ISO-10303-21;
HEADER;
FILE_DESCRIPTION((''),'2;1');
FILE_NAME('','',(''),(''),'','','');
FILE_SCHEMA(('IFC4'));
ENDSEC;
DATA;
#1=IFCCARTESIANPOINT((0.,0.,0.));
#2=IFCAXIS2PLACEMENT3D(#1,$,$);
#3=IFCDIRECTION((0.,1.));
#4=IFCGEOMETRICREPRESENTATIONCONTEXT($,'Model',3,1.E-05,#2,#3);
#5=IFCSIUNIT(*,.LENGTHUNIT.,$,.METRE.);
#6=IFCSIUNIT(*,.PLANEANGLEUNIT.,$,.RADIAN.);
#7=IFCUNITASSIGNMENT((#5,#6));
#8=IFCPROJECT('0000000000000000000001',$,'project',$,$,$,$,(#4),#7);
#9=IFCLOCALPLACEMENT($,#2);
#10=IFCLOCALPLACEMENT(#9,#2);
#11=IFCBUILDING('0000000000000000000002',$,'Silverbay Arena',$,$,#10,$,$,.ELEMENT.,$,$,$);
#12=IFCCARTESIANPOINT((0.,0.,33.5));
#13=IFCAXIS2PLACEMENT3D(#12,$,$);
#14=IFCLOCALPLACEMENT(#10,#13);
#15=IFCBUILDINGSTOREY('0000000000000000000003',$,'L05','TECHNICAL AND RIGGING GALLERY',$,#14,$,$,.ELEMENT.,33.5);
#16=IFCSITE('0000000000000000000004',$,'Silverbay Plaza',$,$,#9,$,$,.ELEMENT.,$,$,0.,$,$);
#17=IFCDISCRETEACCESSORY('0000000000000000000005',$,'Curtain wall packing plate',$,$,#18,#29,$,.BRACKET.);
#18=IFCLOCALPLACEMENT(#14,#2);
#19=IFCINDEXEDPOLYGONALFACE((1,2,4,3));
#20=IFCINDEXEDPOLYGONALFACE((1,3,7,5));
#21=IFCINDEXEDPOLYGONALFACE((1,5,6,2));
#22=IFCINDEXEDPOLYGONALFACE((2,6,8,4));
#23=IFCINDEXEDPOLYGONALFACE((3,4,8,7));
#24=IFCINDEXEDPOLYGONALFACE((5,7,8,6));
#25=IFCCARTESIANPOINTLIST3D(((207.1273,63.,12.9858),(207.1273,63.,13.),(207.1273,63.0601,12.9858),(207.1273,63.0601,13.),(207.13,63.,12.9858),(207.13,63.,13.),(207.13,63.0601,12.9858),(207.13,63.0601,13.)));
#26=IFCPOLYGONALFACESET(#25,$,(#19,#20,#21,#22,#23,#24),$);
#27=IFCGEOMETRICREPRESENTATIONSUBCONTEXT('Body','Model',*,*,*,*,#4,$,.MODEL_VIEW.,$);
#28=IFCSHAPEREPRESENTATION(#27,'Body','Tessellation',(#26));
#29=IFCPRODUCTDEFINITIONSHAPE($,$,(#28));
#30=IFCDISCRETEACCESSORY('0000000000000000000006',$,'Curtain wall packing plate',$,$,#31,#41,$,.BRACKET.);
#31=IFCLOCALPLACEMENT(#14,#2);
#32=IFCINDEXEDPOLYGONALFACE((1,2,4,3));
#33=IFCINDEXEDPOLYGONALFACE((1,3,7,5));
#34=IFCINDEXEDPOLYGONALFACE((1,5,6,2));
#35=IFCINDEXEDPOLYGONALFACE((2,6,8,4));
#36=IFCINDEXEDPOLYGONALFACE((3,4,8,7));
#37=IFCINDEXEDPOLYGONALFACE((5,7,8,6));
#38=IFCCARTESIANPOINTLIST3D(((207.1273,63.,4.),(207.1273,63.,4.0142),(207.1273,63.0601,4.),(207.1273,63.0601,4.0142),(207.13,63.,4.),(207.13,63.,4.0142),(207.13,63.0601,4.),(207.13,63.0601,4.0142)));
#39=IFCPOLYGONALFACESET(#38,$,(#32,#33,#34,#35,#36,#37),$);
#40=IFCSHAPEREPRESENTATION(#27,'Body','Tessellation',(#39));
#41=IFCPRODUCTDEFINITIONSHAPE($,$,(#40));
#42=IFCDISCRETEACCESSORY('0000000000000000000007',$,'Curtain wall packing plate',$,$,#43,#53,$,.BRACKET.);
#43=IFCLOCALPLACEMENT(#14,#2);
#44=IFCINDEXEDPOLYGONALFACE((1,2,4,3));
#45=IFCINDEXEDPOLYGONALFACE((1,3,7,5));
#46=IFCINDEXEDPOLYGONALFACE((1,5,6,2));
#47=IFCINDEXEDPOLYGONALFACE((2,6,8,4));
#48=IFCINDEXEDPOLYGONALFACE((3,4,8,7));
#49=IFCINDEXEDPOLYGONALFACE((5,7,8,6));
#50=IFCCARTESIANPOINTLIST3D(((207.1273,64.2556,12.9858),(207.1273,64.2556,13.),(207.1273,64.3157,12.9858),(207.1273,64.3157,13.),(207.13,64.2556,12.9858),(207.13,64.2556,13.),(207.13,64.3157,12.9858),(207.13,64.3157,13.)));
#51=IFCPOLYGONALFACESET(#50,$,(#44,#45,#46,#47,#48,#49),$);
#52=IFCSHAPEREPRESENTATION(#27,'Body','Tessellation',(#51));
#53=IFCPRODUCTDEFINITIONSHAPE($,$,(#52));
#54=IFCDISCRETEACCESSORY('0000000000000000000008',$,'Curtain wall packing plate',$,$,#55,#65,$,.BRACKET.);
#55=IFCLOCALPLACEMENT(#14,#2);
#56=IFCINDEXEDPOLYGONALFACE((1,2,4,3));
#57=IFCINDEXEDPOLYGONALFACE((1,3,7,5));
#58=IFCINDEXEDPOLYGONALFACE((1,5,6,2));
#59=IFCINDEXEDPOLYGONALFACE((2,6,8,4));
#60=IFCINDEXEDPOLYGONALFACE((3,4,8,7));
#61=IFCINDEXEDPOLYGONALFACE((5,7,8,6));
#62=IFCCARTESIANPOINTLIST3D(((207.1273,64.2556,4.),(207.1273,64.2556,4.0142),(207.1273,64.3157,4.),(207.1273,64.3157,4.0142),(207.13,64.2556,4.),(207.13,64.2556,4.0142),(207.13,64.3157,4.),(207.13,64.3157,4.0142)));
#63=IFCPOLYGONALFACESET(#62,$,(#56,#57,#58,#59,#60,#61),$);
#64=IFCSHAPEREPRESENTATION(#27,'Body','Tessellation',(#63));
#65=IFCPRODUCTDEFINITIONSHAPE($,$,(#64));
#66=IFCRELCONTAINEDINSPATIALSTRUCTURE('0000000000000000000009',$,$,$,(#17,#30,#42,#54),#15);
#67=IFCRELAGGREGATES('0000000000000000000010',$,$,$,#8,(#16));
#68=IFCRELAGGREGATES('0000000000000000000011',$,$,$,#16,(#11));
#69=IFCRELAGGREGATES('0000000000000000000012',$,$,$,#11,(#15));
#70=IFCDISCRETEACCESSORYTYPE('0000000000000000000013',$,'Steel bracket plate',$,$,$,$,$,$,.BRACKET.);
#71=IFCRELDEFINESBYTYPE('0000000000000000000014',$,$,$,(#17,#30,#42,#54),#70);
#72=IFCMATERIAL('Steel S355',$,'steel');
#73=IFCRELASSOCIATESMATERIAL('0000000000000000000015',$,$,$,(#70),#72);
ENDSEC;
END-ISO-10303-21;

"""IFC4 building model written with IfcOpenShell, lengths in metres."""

from ifc_helpers import new_model, si_unit, direction, frame, origin, origin_2d, place, context, subcontext, project, spatial, rectangle, extrude, material, type_object, element, save


model = new_model("IFC4")

# Units and contexts
model_context = context("Model", 3, precision=1e-05, world=origin(), true_north=direction((0.0, 1.0)))
body_context = subcontext(model_context, "Body", "Model", "MODEL_VIEW")
ifc_project = project(units=[si_unit("LENGTHUNIT", "METRE"), si_unit("PLANEANGLEUNIT", "RADIAN")], contexts=[model_context])

# Site, building, storey
site_placement = place(None, origin())
site = spatial("IfcSite", under=ifc_project, at=site_placement, Name="Silverbay Plaza", CompositionType="ELEMENT", RefElevation=0.0)
building_placement = place(site_placement, origin())
building = spatial("IfcBuilding", under=site, at=building_placement, Name="Silverbay Arena", CompositionType="ELEMENT")
storey_placement = place(building_placement, frame((0.0, 0.0, 33.5)))
storey = spatial("IfcBuildingStorey", under=building, at=storey_placement, Name="L05", Description="TECHNICAL AND RIGGING GALLERY", CompositionType="ELEMENT", Elevation=33.5)

# Discrete accessories
ifc_material_1 = material(Name="Steel S355", Category="steel")
discrete_accessory_type = type_object("IfcDiscreteAccessoryType", Name="Steel bracket plate", PredefinedType="BRACKET", material=ifc_material_1)
for number, where, z_axis, x_axis, name in (
    (1, (207.1287, 63.03, 12.9858), (0.0, 0.0, 1.0), (1.0, 0.0, 0.0), "Curtain wall packing plate"),
    (2, (207.1287, 63.03, 4.0), (0.0, 0.0, 1.0), (1.0, 0.0, 0.0), "Curtain wall packing plate"),
    (3, (207.1287, 64.2856, 12.9858), (0.0, 0.0, 1.0), (1.0, 0.0, 0.0), "Curtain wall packing plate"),
    (4, (207.1287, 64.2856, 4.0), (0.0, 0.0, 1.0), (1.0, 0.0, 0.0), "Curtain wall packing plate"),
):
    element("IfcDiscreteAccessory", number, at=place(storey_placement, frame(where, z_axis=z_axis, x_axis=x_axis)), inside=storey, type_object=discrete_accessory_type, Name=name, PredefinedType="BRACKET", context=body_context, shape_type="SweptSolid", body=[
        extrude(rectangle(XDim=0.0027, YDim=0.0601, at=origin_2d()), origin(), (0.0, 0.0, 1.0), 0.0142),
    ])

save(model, "model.ifc")
